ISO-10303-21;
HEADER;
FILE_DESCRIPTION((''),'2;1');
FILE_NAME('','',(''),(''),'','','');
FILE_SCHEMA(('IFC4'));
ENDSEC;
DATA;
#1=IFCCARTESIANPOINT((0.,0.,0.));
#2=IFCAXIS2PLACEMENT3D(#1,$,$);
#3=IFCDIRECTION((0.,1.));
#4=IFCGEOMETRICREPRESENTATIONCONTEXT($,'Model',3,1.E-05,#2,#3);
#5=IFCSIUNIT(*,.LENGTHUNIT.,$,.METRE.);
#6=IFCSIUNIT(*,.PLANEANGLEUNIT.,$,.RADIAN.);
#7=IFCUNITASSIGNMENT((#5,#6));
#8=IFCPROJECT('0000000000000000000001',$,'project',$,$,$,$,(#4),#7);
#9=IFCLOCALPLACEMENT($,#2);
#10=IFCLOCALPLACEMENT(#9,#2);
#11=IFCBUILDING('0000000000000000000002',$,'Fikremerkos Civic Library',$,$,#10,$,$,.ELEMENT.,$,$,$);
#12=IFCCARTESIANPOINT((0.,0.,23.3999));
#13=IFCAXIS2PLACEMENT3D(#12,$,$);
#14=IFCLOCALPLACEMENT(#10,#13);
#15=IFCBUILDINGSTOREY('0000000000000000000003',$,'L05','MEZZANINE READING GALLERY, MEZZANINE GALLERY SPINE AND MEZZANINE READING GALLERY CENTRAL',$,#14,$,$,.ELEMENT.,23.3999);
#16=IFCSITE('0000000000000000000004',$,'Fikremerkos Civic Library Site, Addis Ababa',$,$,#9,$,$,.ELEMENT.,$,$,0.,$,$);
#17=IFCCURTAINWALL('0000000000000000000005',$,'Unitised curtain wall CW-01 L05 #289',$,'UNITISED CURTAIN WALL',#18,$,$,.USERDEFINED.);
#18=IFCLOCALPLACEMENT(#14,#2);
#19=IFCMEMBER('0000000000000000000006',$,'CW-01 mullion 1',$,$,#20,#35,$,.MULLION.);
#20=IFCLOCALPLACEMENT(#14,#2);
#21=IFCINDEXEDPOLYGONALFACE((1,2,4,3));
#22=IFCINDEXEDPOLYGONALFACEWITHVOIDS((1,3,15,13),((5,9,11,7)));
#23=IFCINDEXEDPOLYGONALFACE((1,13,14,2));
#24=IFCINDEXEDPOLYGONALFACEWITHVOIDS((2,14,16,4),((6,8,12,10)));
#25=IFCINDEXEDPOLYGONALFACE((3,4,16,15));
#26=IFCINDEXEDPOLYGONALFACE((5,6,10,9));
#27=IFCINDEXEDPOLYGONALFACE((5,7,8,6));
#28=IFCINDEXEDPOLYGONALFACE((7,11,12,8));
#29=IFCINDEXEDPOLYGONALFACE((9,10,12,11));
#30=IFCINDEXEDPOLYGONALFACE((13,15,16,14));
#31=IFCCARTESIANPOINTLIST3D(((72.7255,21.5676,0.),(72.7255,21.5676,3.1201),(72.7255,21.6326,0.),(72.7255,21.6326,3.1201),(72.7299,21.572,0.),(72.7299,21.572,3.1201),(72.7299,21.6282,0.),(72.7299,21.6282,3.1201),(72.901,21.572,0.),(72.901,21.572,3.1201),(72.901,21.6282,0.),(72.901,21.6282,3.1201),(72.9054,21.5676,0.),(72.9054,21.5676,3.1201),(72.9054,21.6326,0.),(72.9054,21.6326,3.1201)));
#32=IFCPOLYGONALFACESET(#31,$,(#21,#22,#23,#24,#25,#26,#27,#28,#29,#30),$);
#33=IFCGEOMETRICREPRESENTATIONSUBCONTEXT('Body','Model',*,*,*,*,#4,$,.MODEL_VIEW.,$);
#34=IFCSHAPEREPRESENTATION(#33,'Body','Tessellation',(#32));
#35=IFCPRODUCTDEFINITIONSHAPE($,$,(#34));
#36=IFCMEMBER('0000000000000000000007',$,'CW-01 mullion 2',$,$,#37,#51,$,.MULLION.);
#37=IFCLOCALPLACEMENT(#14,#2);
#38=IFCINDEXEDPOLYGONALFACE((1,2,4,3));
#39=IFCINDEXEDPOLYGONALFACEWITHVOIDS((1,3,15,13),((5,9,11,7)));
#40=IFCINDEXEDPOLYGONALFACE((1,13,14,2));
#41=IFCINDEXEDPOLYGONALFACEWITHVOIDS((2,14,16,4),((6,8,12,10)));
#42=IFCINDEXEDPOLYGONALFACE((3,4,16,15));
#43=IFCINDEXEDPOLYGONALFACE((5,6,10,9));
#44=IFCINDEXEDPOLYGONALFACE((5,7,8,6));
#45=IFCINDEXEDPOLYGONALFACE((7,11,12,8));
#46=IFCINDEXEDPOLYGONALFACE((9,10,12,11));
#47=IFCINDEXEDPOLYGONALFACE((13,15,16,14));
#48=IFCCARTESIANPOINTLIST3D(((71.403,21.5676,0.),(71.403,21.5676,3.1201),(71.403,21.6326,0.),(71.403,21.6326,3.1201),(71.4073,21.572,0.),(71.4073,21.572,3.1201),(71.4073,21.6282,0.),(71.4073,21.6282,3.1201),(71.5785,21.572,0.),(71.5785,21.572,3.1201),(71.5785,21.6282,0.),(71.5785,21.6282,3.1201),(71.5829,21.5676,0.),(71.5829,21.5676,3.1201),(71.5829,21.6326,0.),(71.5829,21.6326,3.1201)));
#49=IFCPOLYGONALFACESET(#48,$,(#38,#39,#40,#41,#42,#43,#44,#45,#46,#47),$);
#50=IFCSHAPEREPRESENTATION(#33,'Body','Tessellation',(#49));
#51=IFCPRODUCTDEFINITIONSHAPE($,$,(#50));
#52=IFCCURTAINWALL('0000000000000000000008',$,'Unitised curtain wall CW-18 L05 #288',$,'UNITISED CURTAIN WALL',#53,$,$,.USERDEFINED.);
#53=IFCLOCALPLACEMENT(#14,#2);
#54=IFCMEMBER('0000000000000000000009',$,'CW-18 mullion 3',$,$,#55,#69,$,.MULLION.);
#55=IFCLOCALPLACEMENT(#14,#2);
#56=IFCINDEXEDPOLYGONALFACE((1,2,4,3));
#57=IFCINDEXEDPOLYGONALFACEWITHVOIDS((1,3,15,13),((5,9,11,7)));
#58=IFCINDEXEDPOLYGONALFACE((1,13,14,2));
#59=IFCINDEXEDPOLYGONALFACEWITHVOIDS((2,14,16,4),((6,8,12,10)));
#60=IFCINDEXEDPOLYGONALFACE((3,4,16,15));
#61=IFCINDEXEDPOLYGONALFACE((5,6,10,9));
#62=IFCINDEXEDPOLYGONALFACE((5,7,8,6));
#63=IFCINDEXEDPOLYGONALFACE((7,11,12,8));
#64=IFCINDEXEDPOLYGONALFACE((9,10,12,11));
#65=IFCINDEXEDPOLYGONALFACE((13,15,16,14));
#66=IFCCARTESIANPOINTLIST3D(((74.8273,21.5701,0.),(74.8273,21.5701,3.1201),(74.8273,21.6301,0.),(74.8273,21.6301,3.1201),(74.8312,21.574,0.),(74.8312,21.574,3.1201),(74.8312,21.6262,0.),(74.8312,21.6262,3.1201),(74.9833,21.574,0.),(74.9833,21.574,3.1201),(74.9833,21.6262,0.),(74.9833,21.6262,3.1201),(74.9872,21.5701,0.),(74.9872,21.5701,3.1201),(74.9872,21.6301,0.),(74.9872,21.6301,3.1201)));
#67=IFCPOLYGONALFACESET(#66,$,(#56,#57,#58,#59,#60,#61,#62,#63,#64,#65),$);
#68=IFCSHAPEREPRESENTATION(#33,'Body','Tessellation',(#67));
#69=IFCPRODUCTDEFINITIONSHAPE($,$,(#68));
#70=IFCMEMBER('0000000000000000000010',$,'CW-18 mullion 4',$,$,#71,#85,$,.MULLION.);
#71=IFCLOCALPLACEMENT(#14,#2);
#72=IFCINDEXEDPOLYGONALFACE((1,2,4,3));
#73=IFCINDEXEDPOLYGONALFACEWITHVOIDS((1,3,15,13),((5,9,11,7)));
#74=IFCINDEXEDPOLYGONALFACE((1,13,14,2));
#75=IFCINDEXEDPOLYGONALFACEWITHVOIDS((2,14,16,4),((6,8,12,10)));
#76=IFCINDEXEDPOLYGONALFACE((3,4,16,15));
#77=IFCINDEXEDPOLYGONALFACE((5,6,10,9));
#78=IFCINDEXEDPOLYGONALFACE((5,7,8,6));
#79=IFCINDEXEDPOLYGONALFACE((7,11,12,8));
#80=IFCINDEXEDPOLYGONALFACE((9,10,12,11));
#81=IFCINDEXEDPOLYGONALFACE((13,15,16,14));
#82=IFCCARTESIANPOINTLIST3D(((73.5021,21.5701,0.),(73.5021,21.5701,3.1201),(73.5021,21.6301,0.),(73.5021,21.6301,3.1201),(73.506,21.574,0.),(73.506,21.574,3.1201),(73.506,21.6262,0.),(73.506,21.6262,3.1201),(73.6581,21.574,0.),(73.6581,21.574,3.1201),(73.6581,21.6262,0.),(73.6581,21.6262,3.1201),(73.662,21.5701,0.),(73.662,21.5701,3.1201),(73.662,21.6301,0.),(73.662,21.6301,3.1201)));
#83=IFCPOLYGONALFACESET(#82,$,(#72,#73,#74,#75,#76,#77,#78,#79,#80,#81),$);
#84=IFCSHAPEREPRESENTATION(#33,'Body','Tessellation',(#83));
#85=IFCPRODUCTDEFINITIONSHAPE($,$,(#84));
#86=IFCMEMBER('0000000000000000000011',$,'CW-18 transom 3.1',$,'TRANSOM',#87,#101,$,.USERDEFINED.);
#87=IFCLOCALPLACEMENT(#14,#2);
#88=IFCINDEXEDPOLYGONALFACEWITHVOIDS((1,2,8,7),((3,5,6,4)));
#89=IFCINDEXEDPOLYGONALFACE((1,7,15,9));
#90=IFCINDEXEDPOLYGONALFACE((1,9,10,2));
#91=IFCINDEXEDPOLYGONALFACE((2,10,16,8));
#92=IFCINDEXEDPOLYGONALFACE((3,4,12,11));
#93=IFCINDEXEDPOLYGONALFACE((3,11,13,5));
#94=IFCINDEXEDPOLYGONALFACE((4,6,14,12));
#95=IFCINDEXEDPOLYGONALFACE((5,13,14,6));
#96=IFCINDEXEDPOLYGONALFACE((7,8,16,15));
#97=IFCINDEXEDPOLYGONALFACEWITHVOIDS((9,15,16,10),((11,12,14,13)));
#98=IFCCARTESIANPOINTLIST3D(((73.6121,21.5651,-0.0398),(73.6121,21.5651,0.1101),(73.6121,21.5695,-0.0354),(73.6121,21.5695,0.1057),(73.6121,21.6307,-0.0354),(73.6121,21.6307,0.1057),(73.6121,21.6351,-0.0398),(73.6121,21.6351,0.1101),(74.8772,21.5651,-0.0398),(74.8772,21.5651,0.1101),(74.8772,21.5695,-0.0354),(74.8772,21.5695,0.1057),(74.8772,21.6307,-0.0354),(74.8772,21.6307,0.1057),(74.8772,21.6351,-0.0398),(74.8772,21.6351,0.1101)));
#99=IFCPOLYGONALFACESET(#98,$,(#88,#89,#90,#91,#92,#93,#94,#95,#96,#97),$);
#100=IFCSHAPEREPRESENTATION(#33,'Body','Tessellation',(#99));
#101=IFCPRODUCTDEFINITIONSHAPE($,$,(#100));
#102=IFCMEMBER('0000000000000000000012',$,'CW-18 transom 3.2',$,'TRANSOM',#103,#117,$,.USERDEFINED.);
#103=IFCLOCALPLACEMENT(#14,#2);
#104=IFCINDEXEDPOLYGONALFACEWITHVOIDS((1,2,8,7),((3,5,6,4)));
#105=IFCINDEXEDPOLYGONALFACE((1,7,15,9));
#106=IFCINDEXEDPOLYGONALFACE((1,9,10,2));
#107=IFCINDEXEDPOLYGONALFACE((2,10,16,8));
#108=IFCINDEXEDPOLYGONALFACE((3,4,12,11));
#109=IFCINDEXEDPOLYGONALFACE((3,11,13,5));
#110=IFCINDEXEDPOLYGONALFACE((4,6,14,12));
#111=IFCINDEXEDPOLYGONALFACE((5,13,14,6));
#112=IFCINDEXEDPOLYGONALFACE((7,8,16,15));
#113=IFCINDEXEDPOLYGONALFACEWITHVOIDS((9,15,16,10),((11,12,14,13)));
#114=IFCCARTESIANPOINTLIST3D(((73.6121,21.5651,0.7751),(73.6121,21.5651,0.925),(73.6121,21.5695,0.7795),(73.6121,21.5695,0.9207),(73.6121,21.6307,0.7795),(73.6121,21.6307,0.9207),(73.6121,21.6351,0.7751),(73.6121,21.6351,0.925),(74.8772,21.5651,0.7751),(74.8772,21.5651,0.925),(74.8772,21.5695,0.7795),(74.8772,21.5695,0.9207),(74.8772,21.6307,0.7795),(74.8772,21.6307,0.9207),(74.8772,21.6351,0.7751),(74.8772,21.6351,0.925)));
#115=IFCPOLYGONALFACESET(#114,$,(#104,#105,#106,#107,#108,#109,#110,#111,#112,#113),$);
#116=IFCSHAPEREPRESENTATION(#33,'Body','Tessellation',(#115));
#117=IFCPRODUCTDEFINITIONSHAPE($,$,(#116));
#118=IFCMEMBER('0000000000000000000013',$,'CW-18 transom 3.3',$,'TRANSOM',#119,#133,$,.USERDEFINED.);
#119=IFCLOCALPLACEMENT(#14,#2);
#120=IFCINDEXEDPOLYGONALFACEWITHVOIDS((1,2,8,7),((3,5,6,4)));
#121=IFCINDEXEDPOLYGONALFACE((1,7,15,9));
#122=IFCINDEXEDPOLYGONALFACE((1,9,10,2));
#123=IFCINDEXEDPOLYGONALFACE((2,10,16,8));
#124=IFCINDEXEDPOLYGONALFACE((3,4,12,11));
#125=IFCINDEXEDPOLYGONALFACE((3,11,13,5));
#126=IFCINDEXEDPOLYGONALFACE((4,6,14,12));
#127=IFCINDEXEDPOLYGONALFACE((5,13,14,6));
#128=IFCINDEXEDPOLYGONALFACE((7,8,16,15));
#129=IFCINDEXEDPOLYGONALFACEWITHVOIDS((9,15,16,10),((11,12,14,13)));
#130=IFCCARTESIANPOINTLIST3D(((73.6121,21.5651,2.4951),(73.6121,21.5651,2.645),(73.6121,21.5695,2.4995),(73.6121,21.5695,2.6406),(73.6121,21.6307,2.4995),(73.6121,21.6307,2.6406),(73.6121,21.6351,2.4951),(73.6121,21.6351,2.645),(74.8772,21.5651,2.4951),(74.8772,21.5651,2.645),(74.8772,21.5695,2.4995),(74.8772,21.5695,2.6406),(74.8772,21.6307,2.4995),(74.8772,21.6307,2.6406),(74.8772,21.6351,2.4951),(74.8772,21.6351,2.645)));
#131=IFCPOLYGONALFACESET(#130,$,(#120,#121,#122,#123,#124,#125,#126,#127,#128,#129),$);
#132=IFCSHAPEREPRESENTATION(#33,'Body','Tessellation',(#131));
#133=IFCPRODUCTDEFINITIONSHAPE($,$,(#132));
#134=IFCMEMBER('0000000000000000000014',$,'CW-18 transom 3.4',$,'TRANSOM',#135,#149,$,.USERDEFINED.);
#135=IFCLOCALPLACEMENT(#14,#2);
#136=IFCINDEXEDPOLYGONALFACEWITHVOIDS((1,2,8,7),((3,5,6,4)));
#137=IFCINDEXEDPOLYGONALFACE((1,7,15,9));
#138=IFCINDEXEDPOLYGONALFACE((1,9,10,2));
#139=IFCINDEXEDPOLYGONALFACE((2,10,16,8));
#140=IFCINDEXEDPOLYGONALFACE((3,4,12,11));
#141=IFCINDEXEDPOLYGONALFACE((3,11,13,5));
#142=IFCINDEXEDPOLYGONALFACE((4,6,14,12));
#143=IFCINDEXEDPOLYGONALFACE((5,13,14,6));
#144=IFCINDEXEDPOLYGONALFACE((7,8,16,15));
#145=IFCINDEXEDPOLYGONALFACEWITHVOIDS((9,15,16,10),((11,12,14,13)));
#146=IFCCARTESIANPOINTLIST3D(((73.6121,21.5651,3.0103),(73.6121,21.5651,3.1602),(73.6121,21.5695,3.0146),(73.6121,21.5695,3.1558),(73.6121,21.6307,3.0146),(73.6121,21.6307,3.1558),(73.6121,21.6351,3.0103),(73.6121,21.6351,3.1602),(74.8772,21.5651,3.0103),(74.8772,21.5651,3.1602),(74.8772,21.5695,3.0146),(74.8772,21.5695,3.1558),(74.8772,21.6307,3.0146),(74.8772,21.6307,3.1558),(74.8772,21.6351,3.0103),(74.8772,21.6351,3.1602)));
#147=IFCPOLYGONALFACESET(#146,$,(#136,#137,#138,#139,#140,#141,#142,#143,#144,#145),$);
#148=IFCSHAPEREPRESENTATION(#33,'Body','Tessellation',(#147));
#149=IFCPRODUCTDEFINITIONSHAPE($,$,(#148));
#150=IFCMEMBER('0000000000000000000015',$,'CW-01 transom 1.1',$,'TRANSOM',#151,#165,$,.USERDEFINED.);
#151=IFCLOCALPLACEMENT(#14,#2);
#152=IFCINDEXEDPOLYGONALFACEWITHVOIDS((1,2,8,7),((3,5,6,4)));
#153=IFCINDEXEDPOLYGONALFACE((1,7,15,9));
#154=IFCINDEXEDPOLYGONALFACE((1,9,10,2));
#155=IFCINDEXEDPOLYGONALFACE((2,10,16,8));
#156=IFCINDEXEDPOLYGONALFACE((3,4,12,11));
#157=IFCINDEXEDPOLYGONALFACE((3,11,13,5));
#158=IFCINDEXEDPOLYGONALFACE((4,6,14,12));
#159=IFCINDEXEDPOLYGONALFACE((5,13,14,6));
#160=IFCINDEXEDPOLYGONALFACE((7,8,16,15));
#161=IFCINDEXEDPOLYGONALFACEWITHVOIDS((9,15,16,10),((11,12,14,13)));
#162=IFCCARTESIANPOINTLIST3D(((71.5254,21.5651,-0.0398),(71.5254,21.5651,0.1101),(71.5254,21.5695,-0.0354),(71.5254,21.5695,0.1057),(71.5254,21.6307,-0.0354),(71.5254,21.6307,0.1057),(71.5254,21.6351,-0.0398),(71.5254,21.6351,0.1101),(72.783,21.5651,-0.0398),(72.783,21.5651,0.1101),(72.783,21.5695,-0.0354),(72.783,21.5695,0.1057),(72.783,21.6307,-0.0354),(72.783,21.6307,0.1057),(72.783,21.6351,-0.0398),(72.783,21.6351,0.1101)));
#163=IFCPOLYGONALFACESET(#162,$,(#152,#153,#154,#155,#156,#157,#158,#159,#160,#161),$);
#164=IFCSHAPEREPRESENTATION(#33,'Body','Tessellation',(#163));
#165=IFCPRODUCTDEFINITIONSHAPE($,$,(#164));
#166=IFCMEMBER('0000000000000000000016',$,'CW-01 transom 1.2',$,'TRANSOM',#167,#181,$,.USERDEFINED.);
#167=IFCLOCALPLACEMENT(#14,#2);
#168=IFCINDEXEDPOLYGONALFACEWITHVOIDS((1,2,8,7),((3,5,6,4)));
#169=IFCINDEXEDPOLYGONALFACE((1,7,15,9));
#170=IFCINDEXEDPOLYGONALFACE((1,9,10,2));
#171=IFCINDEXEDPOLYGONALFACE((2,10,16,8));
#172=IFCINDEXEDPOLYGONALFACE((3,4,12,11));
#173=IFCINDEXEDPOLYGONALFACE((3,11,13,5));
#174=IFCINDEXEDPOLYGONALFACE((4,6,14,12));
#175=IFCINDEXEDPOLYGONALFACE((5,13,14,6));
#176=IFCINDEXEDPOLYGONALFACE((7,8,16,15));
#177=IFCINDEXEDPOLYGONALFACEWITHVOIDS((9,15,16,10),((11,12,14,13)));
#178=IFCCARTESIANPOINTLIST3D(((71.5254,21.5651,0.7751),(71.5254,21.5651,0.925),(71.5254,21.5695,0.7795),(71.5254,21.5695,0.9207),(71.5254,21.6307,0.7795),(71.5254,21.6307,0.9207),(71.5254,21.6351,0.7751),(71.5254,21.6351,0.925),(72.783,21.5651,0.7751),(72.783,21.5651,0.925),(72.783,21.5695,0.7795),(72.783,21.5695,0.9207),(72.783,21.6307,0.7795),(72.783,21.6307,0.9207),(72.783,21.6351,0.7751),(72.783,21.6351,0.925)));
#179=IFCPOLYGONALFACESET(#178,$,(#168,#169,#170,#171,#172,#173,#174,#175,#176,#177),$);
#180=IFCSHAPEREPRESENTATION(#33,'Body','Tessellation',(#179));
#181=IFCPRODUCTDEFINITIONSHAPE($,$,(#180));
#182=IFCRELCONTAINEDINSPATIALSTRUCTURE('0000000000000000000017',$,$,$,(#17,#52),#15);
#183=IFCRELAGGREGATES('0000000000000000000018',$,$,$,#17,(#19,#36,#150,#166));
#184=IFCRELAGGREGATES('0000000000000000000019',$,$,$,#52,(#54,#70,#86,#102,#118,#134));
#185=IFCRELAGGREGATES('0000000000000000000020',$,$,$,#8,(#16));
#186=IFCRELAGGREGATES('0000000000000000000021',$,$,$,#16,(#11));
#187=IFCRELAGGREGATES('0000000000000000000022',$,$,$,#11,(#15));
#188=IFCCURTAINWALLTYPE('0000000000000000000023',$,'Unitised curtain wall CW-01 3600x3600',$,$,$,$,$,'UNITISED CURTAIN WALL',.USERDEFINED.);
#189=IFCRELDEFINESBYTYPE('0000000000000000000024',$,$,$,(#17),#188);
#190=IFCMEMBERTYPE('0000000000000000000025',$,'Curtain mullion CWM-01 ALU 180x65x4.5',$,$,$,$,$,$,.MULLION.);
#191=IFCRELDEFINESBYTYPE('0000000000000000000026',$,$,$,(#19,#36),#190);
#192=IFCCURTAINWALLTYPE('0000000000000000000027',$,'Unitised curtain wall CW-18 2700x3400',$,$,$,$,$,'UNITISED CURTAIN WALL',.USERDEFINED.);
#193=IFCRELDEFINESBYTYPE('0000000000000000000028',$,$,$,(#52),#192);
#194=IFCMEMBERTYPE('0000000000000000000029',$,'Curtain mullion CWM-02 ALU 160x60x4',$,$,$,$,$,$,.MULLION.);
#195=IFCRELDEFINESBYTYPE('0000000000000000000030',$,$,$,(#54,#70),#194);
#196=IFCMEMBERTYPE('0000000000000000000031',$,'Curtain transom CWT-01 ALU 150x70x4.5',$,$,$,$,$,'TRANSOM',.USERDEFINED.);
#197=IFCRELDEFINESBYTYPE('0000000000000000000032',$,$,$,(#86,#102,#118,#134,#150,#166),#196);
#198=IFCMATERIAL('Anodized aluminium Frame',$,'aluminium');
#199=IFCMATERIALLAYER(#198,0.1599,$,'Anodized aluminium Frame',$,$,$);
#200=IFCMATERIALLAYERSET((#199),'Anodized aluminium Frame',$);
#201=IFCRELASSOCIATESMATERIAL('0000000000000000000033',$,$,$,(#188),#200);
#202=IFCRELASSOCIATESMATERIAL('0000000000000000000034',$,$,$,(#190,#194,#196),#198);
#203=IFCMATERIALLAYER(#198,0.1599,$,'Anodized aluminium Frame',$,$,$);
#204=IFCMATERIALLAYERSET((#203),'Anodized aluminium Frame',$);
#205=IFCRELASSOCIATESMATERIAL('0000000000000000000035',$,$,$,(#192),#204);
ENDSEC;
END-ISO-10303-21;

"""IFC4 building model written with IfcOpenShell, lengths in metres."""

from ifc_helpers import new_model, si_unit, direction, frame, origin, origin_2d, place, context, subcontext, project, spatial, hollow_rectangle, extrude, material, layer, layer_set, material_profile, profile_set, type_object, element, aggregate, save


model = new_model("IFC4")

# Units and contexts
model_context = context("Model", 3, precision=1e-05, world=origin(), true_north=direction((0.0, 1.0)))
body_context = subcontext(model_context, "Body", "Model", "MODEL_VIEW")
ifc_project = project(units=[si_unit("LENGTHUNIT", "METRE"), si_unit("PLANEANGLEUNIT", "RADIAN")], contexts=[model_context])

# Site, building, storey
site_placement = place(None, origin())
site = spatial("IfcSite", under=ifc_project, at=site_placement, Name="Fikremerkos Civic Library Site, Addis Ababa", CompositionType="ELEMENT", RefElevation=0.0)
building_placement = place(site_placement, origin())
building = spatial("IfcBuilding", under=site, at=building_placement, Name="Fikremerkos Civic Library", CompositionType="ELEMENT")
storey_placement = place(building_placement, frame((0.0, 0.0, 23.3999)))
storey = spatial("IfcBuildingStorey", under=building, at=storey_placement, Name="L05", Description="MEZZANINE READING GALLERY, MEZZANINE GALLERY SPINE AND MEZZANINE READING GALLERY CENTRAL", CompositionType="ELEMENT", Elevation=23.3999)

# Curtain walls, members
ifc_material_1 = material(Name="Anodized aluminium Frame", Category="aluminium")
ifc_layer_1 = layer(ifc_material_1, 0.1599, Name="Anodized aluminium Frame")
ifc_layer_set_1 = layer_set([ifc_layer_1], Name="Anodized aluminium Frame")
curtain_wall_type_1 = type_object("IfcCurtainWallType", Name="Unitised curtain wall CW-01 3600x3600", ElementType="UNITISED CURTAIN WALL", PredefinedType="USERDEFINED", material=ifc_layer_set_1)
curtain_wall_1_placement = place(storey_placement, origin())
curtain_wall_1 = element("IfcCurtainWall", 1, at=curtain_wall_1_placement, inside=storey, type_object=curtain_wall_type_1, Name="Unitised curtain wall CW-01 L05 #289", ObjectType="UNITISED CURTAIN WALL", PredefinedType="USERDEFINED")
ifc_material_profile_1 = material_profile(ifc_material_1, hollow_rectangle(XDim=0.0649, YDim=0.1799, WallThickness=0.0044, at=origin_2d()), Name="ALU 180x65x4.5")
ifc_profile_set_1 = profile_set([ifc_material_profile_1], Name="Anodized aluminium Frame")
member_type_1 = type_object("IfcMemberType", Name="Curtain mullion CWM-01 ALU 180x65x4.5", PredefinedType="MULLION", material=ifc_profile_set_1)
member_1_placement = place(storey_placement, frame((72.8154, 21.6001, 0.0), z_axis=(0.0, 0.0, 1.0), x_axis=(0.0, -1.0, 0.0)))
member_1 = element("IfcMember", 2, at=member_1_placement, type_object=member_type_1, Name="CW-01 mullion 1", PredefinedType="MULLION", context=body_context, shape_type="SweptSolid", body=[
    extrude(hollow_rectangle(XDim=0.0649, YDim=0.1799, WallThickness=0.0044, at=origin_2d()), origin(), (0.0, 0.0, 1.0), 3.1201),
])
member_2_placement = place(storey_placement, frame((71.4929, 21.6001, 0.0), z_axis=(0.0, 0.0, 1.0), x_axis=(0.0, -1.0, 0.0)))
member_2 = element("IfcMember", 3, at=member_2_placement, type_object=member_type_1, Name="CW-01 mullion 2", PredefinedType="MULLION", context=body_context, shape_type="SweptSolid", body=[
    extrude(hollow_rectangle(XDim=0.0649, YDim=0.1799, WallThickness=0.0044, at=origin_2d()), origin(), (0.0, 0.0, 1.0), 3.1201),
])
ifc_layer_2 = layer(ifc_material_1, 0.1599, Name="Anodized aluminium Frame")
ifc_layer_set_2 = layer_set([ifc_layer_2], Name="Anodized aluminium Frame")
curtain_wall_type_2 = type_object("IfcCurtainWallType", Name="Unitised curtain wall CW-18 2700x3400", ElementType="UNITISED CURTAIN WALL", PredefinedType="USERDEFINED", material=ifc_layer_set_2)
curtain_wall_2_placement = place(storey_placement, origin())
curtain_wall_2 = element("IfcCurtainWall", 4, at=curtain_wall_2_placement, inside=storey, type_object=curtain_wall_type_2, Name="Unitised curtain wall CW-18 L05 #288", ObjectType="UNITISED CURTAIN WALL", PredefinedType="USERDEFINED")
ifc_material_profile_2 = material_profile(ifc_material_1, hollow_rectangle(XDim=0.0601, YDim=0.1599, WallThickness=0.0039, at=origin_2d()), Name="ALU 160x60x4")
ifc_profile_set_2 = profile_set([ifc_material_profile_2], Name="Anodized aluminium Frame")
member_type_2 = type_object("IfcMemberType", Name="Curtain mullion CWM-02 ALU 160x60x4", PredefinedType="MULLION", material=ifc_profile_set_2)
member_3_placement = place(storey_placement, frame((74.9072, 21.6001, 0.0), z_axis=(0.0, 0.0, 1.0), x_axis=(0.0, -1.0, 0.0)))
member_3 = element("IfcMember", 5, at=member_3_placement, type_object=member_type_2, Name="CW-18 mullion 3", PredefinedType="MULLION", context=body_context, shape_type="SweptSolid", body=[
    extrude(hollow_rectangle(XDim=0.0601, YDim=0.1599, WallThickness=0.0039, at=origin_2d()), origin(), (0.0, 0.0, 1.0), 3.1201),
])
member_4_placement = place(storey_placement, frame((73.582, 21.6001, 0.0), z_axis=(0.0, 0.0, 1.0), x_axis=(0.0, -1.0, 0.0)))
member_4 = element("IfcMember", 6, at=member_4_placement, type_object=member_type_2, Name="CW-18 mullion 4", PredefinedType="MULLION", context=body_context, shape_type="SweptSolid", body=[
    extrude(hollow_rectangle(XDim=0.0601, YDim=0.1599, WallThickness=0.0039, at=origin_2d()), origin(), (0.0, 0.0, 1.0), 3.1201),
])
ifc_material_profile_3 = material_profile(ifc_material_1, hollow_rectangle(XDim=0.0701, YDim=0.1499, WallThickness=0.0044, at=origin_2d()), Name="ALU 150x70x4.5")
ifc_profile_set_3 = profile_set([ifc_material_profile_3], Name="Anodized aluminium Frame")
member_type_3 = type_object("IfcMemberType", Name="Curtain transom CWT-01 ALU 150x70x4.5", ElementType="TRANSOM", PredefinedType="USERDEFINED", material=ifc_profile_set_3)
member_5_placement = place(storey_placement, frame((74.8772, 21.6001, 0.0352), z_axis=(-1.0, 0.0, 0.0), x_axis=(0.0, -1.0, 0.0)))
member_5 = element("IfcMember", 7, at=member_5_placement, type_object=member_type_3, Name="CW-18 transom 3.1", ObjectType="TRANSOM", PredefinedType="USERDEFINED", context=body_context, shape_type="SweptSolid", body=[
    extrude(hollow_rectangle(XDim=0.0701, YDim=0.1499, WallThickness=0.0044, at=origin_2d()), origin(), (0.0, 0.0, 1.0), 1.2651),
])
member_6_placement = place(storey_placement, frame((74.8772, 21.6001, 0.8501), z_axis=(-1.0, 0.0, 0.0), x_axis=(0.0, -1.0, 0.0)))
member_6 = element("IfcMember", 8, at=member_6_placement, type_object=member_type_3, Name="CW-18 transom 3.2", ObjectType="TRANSOM", PredefinedType="USERDEFINED", context=body_context, shape_type="SweptSolid", body=[
    extrude(hollow_rectangle(XDim=0.0701, YDim=0.1499, WallThickness=0.0044, at=origin_2d()), origin(), (0.0, 0.0, 1.0), 1.2651),
])
member_7_placement = place(storey_placement, frame((74.8772, 21.6001, 2.5701), z_axis=(-1.0, 0.0, 0.0), x_axis=(0.0, -1.0, 0.0)))
member_7 = element("IfcMember", 9, at=member_7_placement, type_object=member_type_3, Name="CW-18 transom 3.3", ObjectType="TRANSOM", PredefinedType="USERDEFINED", context=body_context, shape_type="SweptSolid", body=[
    extrude(hollow_rectangle(XDim=0.0701, YDim=0.1499, WallThickness=0.0044, at=origin_2d()), origin(), (0.0, 0.0, 1.0), 1.2651),
])
member_8_placement = place(storey_placement, frame((74.8772, 21.6001, 3.0852), z_axis=(-1.0, 0.0, 0.0), x_axis=(0.0, -1.0, 0.0)))
member_8 = element("IfcMember", 10, at=member_8_placement, type_object=member_type_3, Name="CW-18 transom 3.4", ObjectType="TRANSOM", PredefinedType="USERDEFINED", context=body_context, shape_type="SweptSolid", body=[
    extrude(hollow_rectangle(XDim=0.0701, YDim=0.1499, WallThickness=0.0044, at=origin_2d()), origin(), (0.0, 0.0, 1.0), 1.2651),
])

# Members
member_9_placement = place(storey_placement, frame((72.783, 21.6001, 0.0352), z_axis=(-1.0, 0.0, 0.0), x_axis=(0.0, -1.0, 0.0)))
member_9 = element("IfcMember", 11, at=member_9_placement, type_object=member_type_3, Name="CW-01 transom 1.1", ObjectType="TRANSOM", PredefinedType="USERDEFINED", context=body_context, shape_type="SweptSolid", body=[
    extrude(hollow_rectangle(XDim=0.0701, YDim=0.1499, WallThickness=0.0044, at=origin_2d()), origin(), (0.0, 0.0, 1.0), 1.2576),
])
member_10_placement = place(storey_placement, frame((72.783, 21.6001, 0.8501), z_axis=(-1.0, 0.0, 0.0), x_axis=(0.0, -1.0, 0.0)))
member_10 = element("IfcMember", 12, at=member_10_placement, type_object=member_type_3, Name="CW-01 transom 1.2", ObjectType="TRANSOM", PredefinedType="USERDEFINED", context=body_context, shape_type="SweptSolid", body=[
    extrude(hollow_rectangle(XDim=0.0701, YDim=0.1499, WallThickness=0.0044, at=origin_2d()), origin(), (0.0, 0.0, 1.0), 1.2576),
])

aggregate(curtain_wall_1, [member_1, member_2, member_9, member_10])
aggregate(curtain_wall_2, [member_3, member_4, member_5, member_6, member_7, member_8])

save(model, "model.ifc")
